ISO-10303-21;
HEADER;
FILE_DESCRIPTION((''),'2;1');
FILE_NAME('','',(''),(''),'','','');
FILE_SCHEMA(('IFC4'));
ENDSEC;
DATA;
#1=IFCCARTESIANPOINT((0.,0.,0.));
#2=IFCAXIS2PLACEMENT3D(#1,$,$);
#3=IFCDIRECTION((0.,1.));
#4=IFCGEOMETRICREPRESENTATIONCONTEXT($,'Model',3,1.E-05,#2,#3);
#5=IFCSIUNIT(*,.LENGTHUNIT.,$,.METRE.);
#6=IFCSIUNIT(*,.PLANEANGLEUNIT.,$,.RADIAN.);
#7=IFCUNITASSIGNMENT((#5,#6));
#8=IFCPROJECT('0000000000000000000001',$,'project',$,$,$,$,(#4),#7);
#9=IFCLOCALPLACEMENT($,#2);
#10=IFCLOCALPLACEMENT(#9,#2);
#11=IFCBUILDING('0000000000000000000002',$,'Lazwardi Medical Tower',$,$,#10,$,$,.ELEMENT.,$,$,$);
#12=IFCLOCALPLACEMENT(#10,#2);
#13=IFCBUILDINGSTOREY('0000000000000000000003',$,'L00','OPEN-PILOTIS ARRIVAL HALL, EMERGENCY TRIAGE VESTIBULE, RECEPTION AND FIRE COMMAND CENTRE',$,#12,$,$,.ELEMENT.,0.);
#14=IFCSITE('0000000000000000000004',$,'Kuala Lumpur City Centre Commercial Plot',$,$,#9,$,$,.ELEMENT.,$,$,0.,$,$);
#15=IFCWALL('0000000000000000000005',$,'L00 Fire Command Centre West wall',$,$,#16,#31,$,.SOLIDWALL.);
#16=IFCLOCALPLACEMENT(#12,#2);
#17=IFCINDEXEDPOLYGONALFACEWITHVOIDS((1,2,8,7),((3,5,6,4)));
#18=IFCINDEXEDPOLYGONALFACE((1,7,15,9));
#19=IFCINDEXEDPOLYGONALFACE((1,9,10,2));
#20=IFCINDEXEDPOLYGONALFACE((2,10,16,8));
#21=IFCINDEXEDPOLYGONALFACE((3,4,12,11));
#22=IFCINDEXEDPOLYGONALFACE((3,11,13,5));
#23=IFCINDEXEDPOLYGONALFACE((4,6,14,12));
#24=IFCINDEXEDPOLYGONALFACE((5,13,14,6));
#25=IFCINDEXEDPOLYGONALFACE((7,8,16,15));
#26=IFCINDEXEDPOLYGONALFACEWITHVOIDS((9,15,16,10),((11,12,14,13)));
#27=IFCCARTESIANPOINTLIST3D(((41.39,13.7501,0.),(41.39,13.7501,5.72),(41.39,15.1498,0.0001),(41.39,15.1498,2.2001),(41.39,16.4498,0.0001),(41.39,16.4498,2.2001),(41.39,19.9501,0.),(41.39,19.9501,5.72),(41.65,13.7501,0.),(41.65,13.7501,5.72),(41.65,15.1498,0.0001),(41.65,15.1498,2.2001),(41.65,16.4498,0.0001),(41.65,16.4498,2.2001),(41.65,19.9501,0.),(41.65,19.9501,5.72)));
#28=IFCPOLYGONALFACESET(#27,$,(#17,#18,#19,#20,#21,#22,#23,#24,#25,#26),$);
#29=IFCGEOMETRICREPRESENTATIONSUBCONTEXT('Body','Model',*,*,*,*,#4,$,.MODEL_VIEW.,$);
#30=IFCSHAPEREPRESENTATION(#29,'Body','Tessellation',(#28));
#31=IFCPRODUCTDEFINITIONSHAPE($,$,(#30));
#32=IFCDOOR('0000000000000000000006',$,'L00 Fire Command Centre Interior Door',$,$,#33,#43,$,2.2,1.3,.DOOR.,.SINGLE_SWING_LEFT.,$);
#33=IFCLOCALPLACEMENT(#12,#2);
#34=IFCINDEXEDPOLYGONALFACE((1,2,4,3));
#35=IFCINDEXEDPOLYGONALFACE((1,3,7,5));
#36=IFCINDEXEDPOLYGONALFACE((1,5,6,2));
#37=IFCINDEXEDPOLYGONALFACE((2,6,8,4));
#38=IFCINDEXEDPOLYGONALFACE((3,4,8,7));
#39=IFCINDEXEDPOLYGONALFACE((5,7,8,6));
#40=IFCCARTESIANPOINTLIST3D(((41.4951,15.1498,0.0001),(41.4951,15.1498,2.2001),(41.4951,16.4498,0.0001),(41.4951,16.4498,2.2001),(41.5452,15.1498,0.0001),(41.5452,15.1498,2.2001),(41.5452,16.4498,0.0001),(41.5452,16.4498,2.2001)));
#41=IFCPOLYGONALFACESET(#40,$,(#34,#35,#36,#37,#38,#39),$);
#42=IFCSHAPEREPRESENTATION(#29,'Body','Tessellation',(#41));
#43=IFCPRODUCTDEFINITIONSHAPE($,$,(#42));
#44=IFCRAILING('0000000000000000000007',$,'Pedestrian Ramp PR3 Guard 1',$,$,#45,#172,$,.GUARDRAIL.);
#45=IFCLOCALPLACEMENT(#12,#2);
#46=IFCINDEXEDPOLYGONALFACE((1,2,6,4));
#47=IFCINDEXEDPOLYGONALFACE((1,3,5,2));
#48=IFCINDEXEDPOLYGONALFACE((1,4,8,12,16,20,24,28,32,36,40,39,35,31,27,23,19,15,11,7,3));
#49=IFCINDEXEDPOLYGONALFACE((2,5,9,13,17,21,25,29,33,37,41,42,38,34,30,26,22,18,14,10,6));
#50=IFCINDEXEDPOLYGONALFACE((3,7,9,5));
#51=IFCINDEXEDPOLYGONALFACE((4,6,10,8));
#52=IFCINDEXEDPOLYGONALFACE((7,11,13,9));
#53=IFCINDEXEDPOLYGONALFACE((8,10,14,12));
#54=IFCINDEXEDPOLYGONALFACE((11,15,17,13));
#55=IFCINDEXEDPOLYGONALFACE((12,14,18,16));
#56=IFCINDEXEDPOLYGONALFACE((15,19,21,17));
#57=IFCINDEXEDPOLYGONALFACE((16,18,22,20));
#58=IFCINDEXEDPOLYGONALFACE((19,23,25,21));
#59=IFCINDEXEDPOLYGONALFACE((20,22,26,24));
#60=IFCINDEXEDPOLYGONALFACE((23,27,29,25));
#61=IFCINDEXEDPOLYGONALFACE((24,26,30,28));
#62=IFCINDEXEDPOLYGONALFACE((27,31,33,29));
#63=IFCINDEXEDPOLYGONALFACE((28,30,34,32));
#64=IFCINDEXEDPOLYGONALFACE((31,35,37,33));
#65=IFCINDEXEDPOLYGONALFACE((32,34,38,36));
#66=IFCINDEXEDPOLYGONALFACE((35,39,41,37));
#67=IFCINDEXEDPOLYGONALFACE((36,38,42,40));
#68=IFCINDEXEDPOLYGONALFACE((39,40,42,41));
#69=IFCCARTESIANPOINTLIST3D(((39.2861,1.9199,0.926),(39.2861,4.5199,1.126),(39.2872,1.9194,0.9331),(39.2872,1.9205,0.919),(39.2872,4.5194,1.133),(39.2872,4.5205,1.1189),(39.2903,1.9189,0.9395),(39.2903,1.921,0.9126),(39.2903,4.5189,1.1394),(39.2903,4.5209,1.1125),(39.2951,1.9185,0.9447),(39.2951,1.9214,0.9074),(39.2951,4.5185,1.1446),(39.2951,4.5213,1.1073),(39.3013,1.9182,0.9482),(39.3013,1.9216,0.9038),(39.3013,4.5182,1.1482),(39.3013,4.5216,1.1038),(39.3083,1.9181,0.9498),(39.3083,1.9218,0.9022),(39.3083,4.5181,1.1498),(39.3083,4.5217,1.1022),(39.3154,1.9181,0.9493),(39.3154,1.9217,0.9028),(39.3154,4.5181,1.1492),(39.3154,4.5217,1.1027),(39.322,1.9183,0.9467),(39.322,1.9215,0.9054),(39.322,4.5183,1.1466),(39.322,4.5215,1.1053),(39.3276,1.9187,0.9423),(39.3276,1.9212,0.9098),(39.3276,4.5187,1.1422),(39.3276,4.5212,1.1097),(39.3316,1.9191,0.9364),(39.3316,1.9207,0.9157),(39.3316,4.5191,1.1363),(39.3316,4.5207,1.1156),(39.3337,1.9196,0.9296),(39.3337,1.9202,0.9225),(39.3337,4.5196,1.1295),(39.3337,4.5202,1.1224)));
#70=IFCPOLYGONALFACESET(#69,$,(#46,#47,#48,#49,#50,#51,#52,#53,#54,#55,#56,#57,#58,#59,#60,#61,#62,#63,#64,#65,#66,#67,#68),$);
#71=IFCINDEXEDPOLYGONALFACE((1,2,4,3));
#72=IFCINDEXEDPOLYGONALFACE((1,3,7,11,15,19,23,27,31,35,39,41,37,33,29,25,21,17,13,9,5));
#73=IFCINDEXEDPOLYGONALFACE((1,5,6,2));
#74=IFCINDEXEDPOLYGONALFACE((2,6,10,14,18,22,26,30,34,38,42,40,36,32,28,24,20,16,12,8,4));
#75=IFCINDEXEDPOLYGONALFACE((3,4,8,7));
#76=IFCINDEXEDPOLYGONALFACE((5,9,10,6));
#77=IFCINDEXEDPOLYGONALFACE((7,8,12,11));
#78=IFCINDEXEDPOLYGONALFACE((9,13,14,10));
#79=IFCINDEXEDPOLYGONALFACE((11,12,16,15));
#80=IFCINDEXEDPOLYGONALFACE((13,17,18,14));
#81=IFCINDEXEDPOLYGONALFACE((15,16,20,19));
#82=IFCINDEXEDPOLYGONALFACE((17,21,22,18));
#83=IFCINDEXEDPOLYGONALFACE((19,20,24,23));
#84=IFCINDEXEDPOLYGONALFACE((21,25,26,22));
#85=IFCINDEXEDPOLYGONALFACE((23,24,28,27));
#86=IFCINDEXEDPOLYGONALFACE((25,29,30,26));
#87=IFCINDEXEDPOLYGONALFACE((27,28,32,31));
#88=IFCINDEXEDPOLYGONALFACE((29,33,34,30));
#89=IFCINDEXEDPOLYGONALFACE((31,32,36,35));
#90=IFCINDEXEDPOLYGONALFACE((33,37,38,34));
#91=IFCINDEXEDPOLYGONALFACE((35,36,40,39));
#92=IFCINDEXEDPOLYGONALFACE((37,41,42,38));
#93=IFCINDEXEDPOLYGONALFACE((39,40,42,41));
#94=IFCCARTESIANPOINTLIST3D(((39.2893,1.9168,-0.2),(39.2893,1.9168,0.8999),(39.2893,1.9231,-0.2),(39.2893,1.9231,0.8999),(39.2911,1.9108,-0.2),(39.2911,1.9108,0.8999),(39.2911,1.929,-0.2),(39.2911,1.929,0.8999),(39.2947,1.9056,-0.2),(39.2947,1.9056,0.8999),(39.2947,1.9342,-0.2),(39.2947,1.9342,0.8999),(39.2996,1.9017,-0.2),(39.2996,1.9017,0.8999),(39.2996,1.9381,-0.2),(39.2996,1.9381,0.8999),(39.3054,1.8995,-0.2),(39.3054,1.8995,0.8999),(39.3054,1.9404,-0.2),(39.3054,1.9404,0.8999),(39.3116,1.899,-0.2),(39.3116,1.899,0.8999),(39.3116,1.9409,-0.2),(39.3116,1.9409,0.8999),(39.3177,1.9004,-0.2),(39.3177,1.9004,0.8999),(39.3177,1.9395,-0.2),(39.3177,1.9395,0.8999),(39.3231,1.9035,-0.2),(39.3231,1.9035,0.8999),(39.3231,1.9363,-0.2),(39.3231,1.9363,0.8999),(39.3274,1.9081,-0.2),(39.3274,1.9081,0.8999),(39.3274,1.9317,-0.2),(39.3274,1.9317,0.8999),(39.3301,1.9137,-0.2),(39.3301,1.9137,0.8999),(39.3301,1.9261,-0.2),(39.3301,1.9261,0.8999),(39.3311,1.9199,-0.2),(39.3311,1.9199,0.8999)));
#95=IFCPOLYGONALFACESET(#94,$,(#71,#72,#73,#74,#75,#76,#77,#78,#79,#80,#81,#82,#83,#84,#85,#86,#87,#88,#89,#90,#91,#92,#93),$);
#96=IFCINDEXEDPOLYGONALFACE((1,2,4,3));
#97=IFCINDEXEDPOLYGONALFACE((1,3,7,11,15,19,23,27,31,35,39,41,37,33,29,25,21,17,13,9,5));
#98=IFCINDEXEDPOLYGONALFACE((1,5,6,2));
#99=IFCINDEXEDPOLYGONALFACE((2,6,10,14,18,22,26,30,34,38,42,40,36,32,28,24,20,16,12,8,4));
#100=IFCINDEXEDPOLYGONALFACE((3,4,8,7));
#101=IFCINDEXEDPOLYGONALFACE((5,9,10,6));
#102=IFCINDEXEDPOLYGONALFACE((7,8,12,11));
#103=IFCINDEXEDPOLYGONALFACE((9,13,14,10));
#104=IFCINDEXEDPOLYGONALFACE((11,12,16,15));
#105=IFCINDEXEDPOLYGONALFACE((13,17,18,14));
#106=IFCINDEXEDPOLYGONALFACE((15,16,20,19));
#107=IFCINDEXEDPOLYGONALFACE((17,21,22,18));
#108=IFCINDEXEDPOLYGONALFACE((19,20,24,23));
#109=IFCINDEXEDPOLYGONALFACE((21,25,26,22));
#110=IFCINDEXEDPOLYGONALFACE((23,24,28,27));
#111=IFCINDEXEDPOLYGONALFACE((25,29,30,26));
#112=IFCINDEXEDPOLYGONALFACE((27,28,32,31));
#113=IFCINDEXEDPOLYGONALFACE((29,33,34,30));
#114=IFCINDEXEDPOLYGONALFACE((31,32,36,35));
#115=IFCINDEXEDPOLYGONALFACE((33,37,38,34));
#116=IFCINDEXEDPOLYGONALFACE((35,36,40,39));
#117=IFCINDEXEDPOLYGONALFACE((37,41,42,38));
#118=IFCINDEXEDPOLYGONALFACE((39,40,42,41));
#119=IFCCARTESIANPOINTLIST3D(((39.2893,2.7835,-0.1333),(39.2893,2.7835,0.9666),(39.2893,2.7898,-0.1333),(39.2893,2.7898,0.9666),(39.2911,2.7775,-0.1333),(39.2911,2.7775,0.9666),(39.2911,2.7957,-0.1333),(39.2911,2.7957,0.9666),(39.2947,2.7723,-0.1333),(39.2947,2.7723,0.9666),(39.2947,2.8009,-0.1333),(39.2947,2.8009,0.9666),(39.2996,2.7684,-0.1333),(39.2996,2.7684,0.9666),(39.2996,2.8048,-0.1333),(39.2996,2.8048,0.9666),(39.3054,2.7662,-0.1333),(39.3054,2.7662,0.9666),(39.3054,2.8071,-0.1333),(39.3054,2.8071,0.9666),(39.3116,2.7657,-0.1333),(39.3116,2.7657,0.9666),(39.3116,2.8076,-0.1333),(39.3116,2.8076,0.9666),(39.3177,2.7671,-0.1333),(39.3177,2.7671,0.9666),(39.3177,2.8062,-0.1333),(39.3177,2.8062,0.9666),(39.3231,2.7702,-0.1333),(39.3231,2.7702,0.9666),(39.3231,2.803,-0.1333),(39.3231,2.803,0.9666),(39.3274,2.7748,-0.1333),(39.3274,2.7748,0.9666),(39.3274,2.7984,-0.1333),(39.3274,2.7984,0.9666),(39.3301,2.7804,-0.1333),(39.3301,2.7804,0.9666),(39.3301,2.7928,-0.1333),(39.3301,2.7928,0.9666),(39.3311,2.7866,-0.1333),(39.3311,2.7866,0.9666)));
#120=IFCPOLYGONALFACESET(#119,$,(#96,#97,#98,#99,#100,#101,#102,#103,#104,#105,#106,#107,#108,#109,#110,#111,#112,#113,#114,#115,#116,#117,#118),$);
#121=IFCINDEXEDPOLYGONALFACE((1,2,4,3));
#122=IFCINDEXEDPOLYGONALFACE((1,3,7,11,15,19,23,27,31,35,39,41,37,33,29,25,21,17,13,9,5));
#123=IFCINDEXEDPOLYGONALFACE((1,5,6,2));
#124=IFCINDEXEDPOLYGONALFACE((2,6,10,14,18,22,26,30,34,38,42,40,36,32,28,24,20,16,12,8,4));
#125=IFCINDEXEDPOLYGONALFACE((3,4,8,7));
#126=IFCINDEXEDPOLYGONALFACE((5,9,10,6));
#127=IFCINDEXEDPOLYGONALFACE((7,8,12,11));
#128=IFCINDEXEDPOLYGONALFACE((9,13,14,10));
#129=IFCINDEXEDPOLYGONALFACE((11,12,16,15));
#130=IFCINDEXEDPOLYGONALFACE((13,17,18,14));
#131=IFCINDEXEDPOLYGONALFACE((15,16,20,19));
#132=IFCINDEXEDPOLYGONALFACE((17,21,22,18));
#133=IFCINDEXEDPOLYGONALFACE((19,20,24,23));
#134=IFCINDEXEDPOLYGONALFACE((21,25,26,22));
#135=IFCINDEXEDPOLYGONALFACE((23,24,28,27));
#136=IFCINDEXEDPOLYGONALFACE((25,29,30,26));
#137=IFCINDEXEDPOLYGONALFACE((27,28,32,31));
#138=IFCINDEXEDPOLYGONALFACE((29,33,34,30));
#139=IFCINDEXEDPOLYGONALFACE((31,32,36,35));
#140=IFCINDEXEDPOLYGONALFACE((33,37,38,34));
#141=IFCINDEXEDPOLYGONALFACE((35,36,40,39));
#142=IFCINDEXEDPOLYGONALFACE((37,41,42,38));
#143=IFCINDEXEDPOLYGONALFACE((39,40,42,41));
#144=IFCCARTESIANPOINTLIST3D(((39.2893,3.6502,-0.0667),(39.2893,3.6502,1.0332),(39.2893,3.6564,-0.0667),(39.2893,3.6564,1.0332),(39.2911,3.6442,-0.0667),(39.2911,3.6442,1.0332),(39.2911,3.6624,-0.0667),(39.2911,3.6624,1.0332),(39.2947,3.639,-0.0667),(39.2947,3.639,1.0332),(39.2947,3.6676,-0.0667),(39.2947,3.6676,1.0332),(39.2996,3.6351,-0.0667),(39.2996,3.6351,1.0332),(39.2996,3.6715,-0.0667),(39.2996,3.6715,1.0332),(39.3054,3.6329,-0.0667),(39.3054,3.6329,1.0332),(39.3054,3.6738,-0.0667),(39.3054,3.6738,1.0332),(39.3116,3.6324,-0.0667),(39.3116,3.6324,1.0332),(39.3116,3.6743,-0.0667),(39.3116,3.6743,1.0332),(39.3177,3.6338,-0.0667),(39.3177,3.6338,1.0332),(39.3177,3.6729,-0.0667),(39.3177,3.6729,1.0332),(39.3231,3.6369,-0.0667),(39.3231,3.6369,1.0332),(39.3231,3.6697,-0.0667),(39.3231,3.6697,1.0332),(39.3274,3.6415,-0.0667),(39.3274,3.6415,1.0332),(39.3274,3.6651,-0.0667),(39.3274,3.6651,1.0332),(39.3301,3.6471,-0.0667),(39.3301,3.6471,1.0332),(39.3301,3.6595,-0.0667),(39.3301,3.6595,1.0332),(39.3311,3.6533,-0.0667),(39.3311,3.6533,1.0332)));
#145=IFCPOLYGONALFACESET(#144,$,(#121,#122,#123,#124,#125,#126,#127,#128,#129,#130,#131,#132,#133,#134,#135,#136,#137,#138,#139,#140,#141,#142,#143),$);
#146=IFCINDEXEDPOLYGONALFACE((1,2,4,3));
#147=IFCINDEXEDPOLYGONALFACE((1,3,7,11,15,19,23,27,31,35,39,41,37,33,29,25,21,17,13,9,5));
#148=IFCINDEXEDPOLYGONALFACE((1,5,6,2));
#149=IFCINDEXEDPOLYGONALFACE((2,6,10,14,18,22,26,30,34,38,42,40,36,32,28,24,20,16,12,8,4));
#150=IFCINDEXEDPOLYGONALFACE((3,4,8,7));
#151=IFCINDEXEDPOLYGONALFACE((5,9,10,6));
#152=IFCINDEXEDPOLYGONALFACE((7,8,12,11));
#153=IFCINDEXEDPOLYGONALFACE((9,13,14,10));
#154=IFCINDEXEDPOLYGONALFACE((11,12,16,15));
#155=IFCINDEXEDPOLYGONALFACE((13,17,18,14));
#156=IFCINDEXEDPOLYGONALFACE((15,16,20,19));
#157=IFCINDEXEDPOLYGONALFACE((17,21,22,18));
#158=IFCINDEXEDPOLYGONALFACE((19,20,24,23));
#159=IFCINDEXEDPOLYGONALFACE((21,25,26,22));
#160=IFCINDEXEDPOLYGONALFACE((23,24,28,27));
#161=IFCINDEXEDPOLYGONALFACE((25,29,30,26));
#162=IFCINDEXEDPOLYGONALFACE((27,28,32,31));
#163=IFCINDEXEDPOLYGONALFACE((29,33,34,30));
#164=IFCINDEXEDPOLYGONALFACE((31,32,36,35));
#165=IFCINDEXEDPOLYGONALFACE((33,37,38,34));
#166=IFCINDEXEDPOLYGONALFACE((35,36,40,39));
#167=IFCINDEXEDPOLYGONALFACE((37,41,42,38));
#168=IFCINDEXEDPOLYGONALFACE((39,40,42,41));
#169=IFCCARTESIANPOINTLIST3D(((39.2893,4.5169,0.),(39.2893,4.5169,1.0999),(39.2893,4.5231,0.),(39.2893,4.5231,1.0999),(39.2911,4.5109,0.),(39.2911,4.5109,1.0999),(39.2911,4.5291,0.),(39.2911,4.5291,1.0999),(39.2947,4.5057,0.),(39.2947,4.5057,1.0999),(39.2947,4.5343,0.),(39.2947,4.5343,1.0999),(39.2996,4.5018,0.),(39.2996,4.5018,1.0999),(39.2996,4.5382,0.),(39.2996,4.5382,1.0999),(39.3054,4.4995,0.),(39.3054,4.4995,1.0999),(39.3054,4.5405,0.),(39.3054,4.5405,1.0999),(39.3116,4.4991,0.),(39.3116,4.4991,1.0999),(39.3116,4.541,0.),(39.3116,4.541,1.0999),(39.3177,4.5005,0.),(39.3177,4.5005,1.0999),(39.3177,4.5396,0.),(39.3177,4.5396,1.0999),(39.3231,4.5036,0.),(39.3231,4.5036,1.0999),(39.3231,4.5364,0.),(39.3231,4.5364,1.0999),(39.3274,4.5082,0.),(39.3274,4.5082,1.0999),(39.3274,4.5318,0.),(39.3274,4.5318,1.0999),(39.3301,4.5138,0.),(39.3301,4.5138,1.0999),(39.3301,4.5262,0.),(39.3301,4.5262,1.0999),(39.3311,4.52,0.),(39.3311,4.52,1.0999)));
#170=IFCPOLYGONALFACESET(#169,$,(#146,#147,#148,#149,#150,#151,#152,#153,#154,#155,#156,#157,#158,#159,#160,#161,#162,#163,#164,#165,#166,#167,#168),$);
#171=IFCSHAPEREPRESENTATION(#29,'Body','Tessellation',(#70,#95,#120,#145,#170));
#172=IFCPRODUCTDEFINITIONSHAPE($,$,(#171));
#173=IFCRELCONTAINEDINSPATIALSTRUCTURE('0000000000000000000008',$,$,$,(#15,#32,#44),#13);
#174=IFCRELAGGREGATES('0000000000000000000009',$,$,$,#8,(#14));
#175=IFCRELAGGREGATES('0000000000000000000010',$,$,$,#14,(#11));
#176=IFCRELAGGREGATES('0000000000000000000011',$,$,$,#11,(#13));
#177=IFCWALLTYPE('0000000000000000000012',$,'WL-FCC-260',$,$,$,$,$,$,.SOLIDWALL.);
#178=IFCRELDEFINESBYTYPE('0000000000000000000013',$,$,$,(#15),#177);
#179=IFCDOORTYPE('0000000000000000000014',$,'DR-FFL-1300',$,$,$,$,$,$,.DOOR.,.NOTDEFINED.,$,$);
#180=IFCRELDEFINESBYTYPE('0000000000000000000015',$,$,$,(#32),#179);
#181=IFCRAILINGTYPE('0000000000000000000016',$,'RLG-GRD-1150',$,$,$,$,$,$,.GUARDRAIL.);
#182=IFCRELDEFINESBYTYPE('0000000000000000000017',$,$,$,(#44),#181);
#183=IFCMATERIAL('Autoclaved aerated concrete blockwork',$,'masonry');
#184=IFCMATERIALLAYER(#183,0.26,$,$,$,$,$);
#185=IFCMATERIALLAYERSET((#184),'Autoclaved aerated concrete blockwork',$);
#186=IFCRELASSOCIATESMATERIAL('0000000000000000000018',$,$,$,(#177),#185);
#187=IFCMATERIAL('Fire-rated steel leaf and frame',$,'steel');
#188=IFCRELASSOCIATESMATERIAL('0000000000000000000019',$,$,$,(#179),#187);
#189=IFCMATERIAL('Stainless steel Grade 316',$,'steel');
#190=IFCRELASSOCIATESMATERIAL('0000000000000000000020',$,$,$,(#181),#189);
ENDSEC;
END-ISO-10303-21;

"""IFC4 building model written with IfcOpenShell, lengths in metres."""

from ifc_helpers import new_model, si_unit, direction, frame, frame_2d, origin, origin_2d, place, context, subcontext, project, spatial, rectangle, circle, extrude, material, layer, layer_set, type_object, element, fill, save


model = new_model("IFC4")

# Units and contexts
model_context = context("Model", 3, precision=1e-05, world=origin(), true_north=direction((0.0, 1.0)))
body_context = subcontext(model_context, "Body", "Model", "MODEL_VIEW")
ifc_project = project(units=[si_unit("LENGTHUNIT", "METRE"), si_unit("PLANEANGLEUNIT", "RADIAN")], contexts=[model_context])

# Site, building, storey
site_placement = place(None, origin())
site = spatial("IfcSite", under=ifc_project, at=site_placement, Name="Kuala Lumpur City Centre Commercial Plot", CompositionType="ELEMENT", RefElevation=0.0)
building_placement = place(site_placement, origin())
building = spatial("IfcBuilding", under=site, at=building_placement, Name="Lazwardi Medical Tower", CompositionType="ELEMENT")
storey_placement = place(building_placement, origin())
storey = spatial("IfcBuildingStorey", under=building, at=storey_placement, Name="L00", Description="OPEN-PILOTIS ARRIVAL HALL, EMERGENCY TRIAGE VESTIBULE, RECEPTION AND FIRE COMMAND CENTRE", CompositionType="ELEMENT", Elevation=0.0)

# Wall, opening, door
ifc_material_1 = material(Name="Autoclaved aerated concrete blockwork", Category="masonry")
ifc_layer_1 = layer(ifc_material_1, 0.26)
ifc_layer_set_1 = layer_set([ifc_layer_1], Name="Autoclaved aerated concrete blockwork")
wall_type = type_object("IfcWallType", Name="WL-FCC-260", PredefinedType="SOLIDWALL", material=ifc_layer_set_1)
wall_placement = place(storey_placement, frame((41.52, 13.75, 0.0), z_axis=(0.0, 0.0, 1.0), x_axis=(0.0, 1.0, 0.0)))
wall = element("IfcWall", 1, at=wall_placement, inside=storey, type_object=wall_type, Name="L00 Fire Command Centre West wall", PredefinedType="SOLIDWALL", context=body_context, shape_type="SweptSolid", body=[
    extrude(rectangle(XDim=6.2, YDim=0.26, at=frame_2d((3.1001, 0.0))), origin(), (0.0, 0.0, 1.0), 5.72),
])
opening_placement = place(wall_placement, frame((1.3999, 0.0, 0.0)))
opening = element("IfcOpeningElement", 2, at=opening_placement, cuts=wall, PredefinedType="OPENING", context=body_context, shape_type="SweptSolid", body=[
    extrude(rectangle(XDim=1.3, YDim=2.2, at=frame_2d((0.6499, 1.1001))), frame((0.0, 0.1399, 0.0), z_axis=(0.0, -1.0, 0.0), x_axis=(1.0, 0.0, 0.0)), (0.0, 0.0, 1.0), 0.28),
])
ifc_material_2 = material(Name="Fire-rated steel leaf and frame", Category="steel")
door_type = type_object("IfcDoorType", Name="DR-FFL-1300", OperationType="NOTDEFINED", PredefinedType="DOOR", material=ifc_material_2)
door_placement = place(opening_placement, origin())
door = element("IfcDoor", 3, at=door_placement, inside=storey, type_object=door_type, Name="L00 Fire Command Centre Interior Door", OperationType="SINGLE_SWING_LEFT", OverallHeight=2.2, OverallWidth=1.3, PredefinedType="DOOR", context=body_context, shape_type="SweptSolid", body=[
    extrude(rectangle(XDim=1.3, YDim=2.2, at=frame_2d((0.6499, 1.1001))), frame((0.0, 0.0249, 0.0), z_axis=(0.0, -1.0, 0.0), x_axis=(1.0, 0.0, 0.0)), (0.0, 0.0, 1.0), 0.05),
])
fill(opening, door)

# Railing
ifc_material_3 = material(Name="Stainless steel Grade 316", Category="steel")
railing_type = type_object("IfcRailingType", Name="RLG-GRD-1150", PredefinedType="GUARDRAIL", material=ifc_material_3)
for number, where, name in (
    (4, (39.3101, 1.9199, -0.2), "Pedestrian Ramp PR3 Guard 1"),
):
    element("IfcRailing", number, at=place(storey_placement, frame(where)), inside=storey, type_object=railing_type, Name=name, PredefinedType="GUARDRAIL", context=body_context, shape_type="SweptSolid", body=[
        extrude(circle(Radius=0.0239, at=origin_2d()), frame((0.0, 0.0, 1.126), z_axis=(0.0, 0.997056, 0.076675), x_axis=(-1.0, 0.0, 0.0)), (0.0, 0.0, 1.0), 2.6077),
        extrude(circle(Radius=0.021, at=origin_2d()), origin(), (0.0, 0.0, 1.0), 1.0999),
        extrude(circle(Radius=0.021, at=origin_2d()), frame((0.0, 0.8667, 0.0667)), (0.0, 0.0, 1.0), 1.0999),
        extrude(circle(Radius=0.021, at=origin_2d()), frame((0.0, 1.7334, 0.1333)), (0.0, 0.0, 1.0), 1.0999),
        extrude(circle(Radius=0.021, at=origin_2d()), frame((0.0, 2.6001, 0.2)), (0.0, 0.0, 1.0), 1.0999),
    ])

save(model, "model.ifc")
